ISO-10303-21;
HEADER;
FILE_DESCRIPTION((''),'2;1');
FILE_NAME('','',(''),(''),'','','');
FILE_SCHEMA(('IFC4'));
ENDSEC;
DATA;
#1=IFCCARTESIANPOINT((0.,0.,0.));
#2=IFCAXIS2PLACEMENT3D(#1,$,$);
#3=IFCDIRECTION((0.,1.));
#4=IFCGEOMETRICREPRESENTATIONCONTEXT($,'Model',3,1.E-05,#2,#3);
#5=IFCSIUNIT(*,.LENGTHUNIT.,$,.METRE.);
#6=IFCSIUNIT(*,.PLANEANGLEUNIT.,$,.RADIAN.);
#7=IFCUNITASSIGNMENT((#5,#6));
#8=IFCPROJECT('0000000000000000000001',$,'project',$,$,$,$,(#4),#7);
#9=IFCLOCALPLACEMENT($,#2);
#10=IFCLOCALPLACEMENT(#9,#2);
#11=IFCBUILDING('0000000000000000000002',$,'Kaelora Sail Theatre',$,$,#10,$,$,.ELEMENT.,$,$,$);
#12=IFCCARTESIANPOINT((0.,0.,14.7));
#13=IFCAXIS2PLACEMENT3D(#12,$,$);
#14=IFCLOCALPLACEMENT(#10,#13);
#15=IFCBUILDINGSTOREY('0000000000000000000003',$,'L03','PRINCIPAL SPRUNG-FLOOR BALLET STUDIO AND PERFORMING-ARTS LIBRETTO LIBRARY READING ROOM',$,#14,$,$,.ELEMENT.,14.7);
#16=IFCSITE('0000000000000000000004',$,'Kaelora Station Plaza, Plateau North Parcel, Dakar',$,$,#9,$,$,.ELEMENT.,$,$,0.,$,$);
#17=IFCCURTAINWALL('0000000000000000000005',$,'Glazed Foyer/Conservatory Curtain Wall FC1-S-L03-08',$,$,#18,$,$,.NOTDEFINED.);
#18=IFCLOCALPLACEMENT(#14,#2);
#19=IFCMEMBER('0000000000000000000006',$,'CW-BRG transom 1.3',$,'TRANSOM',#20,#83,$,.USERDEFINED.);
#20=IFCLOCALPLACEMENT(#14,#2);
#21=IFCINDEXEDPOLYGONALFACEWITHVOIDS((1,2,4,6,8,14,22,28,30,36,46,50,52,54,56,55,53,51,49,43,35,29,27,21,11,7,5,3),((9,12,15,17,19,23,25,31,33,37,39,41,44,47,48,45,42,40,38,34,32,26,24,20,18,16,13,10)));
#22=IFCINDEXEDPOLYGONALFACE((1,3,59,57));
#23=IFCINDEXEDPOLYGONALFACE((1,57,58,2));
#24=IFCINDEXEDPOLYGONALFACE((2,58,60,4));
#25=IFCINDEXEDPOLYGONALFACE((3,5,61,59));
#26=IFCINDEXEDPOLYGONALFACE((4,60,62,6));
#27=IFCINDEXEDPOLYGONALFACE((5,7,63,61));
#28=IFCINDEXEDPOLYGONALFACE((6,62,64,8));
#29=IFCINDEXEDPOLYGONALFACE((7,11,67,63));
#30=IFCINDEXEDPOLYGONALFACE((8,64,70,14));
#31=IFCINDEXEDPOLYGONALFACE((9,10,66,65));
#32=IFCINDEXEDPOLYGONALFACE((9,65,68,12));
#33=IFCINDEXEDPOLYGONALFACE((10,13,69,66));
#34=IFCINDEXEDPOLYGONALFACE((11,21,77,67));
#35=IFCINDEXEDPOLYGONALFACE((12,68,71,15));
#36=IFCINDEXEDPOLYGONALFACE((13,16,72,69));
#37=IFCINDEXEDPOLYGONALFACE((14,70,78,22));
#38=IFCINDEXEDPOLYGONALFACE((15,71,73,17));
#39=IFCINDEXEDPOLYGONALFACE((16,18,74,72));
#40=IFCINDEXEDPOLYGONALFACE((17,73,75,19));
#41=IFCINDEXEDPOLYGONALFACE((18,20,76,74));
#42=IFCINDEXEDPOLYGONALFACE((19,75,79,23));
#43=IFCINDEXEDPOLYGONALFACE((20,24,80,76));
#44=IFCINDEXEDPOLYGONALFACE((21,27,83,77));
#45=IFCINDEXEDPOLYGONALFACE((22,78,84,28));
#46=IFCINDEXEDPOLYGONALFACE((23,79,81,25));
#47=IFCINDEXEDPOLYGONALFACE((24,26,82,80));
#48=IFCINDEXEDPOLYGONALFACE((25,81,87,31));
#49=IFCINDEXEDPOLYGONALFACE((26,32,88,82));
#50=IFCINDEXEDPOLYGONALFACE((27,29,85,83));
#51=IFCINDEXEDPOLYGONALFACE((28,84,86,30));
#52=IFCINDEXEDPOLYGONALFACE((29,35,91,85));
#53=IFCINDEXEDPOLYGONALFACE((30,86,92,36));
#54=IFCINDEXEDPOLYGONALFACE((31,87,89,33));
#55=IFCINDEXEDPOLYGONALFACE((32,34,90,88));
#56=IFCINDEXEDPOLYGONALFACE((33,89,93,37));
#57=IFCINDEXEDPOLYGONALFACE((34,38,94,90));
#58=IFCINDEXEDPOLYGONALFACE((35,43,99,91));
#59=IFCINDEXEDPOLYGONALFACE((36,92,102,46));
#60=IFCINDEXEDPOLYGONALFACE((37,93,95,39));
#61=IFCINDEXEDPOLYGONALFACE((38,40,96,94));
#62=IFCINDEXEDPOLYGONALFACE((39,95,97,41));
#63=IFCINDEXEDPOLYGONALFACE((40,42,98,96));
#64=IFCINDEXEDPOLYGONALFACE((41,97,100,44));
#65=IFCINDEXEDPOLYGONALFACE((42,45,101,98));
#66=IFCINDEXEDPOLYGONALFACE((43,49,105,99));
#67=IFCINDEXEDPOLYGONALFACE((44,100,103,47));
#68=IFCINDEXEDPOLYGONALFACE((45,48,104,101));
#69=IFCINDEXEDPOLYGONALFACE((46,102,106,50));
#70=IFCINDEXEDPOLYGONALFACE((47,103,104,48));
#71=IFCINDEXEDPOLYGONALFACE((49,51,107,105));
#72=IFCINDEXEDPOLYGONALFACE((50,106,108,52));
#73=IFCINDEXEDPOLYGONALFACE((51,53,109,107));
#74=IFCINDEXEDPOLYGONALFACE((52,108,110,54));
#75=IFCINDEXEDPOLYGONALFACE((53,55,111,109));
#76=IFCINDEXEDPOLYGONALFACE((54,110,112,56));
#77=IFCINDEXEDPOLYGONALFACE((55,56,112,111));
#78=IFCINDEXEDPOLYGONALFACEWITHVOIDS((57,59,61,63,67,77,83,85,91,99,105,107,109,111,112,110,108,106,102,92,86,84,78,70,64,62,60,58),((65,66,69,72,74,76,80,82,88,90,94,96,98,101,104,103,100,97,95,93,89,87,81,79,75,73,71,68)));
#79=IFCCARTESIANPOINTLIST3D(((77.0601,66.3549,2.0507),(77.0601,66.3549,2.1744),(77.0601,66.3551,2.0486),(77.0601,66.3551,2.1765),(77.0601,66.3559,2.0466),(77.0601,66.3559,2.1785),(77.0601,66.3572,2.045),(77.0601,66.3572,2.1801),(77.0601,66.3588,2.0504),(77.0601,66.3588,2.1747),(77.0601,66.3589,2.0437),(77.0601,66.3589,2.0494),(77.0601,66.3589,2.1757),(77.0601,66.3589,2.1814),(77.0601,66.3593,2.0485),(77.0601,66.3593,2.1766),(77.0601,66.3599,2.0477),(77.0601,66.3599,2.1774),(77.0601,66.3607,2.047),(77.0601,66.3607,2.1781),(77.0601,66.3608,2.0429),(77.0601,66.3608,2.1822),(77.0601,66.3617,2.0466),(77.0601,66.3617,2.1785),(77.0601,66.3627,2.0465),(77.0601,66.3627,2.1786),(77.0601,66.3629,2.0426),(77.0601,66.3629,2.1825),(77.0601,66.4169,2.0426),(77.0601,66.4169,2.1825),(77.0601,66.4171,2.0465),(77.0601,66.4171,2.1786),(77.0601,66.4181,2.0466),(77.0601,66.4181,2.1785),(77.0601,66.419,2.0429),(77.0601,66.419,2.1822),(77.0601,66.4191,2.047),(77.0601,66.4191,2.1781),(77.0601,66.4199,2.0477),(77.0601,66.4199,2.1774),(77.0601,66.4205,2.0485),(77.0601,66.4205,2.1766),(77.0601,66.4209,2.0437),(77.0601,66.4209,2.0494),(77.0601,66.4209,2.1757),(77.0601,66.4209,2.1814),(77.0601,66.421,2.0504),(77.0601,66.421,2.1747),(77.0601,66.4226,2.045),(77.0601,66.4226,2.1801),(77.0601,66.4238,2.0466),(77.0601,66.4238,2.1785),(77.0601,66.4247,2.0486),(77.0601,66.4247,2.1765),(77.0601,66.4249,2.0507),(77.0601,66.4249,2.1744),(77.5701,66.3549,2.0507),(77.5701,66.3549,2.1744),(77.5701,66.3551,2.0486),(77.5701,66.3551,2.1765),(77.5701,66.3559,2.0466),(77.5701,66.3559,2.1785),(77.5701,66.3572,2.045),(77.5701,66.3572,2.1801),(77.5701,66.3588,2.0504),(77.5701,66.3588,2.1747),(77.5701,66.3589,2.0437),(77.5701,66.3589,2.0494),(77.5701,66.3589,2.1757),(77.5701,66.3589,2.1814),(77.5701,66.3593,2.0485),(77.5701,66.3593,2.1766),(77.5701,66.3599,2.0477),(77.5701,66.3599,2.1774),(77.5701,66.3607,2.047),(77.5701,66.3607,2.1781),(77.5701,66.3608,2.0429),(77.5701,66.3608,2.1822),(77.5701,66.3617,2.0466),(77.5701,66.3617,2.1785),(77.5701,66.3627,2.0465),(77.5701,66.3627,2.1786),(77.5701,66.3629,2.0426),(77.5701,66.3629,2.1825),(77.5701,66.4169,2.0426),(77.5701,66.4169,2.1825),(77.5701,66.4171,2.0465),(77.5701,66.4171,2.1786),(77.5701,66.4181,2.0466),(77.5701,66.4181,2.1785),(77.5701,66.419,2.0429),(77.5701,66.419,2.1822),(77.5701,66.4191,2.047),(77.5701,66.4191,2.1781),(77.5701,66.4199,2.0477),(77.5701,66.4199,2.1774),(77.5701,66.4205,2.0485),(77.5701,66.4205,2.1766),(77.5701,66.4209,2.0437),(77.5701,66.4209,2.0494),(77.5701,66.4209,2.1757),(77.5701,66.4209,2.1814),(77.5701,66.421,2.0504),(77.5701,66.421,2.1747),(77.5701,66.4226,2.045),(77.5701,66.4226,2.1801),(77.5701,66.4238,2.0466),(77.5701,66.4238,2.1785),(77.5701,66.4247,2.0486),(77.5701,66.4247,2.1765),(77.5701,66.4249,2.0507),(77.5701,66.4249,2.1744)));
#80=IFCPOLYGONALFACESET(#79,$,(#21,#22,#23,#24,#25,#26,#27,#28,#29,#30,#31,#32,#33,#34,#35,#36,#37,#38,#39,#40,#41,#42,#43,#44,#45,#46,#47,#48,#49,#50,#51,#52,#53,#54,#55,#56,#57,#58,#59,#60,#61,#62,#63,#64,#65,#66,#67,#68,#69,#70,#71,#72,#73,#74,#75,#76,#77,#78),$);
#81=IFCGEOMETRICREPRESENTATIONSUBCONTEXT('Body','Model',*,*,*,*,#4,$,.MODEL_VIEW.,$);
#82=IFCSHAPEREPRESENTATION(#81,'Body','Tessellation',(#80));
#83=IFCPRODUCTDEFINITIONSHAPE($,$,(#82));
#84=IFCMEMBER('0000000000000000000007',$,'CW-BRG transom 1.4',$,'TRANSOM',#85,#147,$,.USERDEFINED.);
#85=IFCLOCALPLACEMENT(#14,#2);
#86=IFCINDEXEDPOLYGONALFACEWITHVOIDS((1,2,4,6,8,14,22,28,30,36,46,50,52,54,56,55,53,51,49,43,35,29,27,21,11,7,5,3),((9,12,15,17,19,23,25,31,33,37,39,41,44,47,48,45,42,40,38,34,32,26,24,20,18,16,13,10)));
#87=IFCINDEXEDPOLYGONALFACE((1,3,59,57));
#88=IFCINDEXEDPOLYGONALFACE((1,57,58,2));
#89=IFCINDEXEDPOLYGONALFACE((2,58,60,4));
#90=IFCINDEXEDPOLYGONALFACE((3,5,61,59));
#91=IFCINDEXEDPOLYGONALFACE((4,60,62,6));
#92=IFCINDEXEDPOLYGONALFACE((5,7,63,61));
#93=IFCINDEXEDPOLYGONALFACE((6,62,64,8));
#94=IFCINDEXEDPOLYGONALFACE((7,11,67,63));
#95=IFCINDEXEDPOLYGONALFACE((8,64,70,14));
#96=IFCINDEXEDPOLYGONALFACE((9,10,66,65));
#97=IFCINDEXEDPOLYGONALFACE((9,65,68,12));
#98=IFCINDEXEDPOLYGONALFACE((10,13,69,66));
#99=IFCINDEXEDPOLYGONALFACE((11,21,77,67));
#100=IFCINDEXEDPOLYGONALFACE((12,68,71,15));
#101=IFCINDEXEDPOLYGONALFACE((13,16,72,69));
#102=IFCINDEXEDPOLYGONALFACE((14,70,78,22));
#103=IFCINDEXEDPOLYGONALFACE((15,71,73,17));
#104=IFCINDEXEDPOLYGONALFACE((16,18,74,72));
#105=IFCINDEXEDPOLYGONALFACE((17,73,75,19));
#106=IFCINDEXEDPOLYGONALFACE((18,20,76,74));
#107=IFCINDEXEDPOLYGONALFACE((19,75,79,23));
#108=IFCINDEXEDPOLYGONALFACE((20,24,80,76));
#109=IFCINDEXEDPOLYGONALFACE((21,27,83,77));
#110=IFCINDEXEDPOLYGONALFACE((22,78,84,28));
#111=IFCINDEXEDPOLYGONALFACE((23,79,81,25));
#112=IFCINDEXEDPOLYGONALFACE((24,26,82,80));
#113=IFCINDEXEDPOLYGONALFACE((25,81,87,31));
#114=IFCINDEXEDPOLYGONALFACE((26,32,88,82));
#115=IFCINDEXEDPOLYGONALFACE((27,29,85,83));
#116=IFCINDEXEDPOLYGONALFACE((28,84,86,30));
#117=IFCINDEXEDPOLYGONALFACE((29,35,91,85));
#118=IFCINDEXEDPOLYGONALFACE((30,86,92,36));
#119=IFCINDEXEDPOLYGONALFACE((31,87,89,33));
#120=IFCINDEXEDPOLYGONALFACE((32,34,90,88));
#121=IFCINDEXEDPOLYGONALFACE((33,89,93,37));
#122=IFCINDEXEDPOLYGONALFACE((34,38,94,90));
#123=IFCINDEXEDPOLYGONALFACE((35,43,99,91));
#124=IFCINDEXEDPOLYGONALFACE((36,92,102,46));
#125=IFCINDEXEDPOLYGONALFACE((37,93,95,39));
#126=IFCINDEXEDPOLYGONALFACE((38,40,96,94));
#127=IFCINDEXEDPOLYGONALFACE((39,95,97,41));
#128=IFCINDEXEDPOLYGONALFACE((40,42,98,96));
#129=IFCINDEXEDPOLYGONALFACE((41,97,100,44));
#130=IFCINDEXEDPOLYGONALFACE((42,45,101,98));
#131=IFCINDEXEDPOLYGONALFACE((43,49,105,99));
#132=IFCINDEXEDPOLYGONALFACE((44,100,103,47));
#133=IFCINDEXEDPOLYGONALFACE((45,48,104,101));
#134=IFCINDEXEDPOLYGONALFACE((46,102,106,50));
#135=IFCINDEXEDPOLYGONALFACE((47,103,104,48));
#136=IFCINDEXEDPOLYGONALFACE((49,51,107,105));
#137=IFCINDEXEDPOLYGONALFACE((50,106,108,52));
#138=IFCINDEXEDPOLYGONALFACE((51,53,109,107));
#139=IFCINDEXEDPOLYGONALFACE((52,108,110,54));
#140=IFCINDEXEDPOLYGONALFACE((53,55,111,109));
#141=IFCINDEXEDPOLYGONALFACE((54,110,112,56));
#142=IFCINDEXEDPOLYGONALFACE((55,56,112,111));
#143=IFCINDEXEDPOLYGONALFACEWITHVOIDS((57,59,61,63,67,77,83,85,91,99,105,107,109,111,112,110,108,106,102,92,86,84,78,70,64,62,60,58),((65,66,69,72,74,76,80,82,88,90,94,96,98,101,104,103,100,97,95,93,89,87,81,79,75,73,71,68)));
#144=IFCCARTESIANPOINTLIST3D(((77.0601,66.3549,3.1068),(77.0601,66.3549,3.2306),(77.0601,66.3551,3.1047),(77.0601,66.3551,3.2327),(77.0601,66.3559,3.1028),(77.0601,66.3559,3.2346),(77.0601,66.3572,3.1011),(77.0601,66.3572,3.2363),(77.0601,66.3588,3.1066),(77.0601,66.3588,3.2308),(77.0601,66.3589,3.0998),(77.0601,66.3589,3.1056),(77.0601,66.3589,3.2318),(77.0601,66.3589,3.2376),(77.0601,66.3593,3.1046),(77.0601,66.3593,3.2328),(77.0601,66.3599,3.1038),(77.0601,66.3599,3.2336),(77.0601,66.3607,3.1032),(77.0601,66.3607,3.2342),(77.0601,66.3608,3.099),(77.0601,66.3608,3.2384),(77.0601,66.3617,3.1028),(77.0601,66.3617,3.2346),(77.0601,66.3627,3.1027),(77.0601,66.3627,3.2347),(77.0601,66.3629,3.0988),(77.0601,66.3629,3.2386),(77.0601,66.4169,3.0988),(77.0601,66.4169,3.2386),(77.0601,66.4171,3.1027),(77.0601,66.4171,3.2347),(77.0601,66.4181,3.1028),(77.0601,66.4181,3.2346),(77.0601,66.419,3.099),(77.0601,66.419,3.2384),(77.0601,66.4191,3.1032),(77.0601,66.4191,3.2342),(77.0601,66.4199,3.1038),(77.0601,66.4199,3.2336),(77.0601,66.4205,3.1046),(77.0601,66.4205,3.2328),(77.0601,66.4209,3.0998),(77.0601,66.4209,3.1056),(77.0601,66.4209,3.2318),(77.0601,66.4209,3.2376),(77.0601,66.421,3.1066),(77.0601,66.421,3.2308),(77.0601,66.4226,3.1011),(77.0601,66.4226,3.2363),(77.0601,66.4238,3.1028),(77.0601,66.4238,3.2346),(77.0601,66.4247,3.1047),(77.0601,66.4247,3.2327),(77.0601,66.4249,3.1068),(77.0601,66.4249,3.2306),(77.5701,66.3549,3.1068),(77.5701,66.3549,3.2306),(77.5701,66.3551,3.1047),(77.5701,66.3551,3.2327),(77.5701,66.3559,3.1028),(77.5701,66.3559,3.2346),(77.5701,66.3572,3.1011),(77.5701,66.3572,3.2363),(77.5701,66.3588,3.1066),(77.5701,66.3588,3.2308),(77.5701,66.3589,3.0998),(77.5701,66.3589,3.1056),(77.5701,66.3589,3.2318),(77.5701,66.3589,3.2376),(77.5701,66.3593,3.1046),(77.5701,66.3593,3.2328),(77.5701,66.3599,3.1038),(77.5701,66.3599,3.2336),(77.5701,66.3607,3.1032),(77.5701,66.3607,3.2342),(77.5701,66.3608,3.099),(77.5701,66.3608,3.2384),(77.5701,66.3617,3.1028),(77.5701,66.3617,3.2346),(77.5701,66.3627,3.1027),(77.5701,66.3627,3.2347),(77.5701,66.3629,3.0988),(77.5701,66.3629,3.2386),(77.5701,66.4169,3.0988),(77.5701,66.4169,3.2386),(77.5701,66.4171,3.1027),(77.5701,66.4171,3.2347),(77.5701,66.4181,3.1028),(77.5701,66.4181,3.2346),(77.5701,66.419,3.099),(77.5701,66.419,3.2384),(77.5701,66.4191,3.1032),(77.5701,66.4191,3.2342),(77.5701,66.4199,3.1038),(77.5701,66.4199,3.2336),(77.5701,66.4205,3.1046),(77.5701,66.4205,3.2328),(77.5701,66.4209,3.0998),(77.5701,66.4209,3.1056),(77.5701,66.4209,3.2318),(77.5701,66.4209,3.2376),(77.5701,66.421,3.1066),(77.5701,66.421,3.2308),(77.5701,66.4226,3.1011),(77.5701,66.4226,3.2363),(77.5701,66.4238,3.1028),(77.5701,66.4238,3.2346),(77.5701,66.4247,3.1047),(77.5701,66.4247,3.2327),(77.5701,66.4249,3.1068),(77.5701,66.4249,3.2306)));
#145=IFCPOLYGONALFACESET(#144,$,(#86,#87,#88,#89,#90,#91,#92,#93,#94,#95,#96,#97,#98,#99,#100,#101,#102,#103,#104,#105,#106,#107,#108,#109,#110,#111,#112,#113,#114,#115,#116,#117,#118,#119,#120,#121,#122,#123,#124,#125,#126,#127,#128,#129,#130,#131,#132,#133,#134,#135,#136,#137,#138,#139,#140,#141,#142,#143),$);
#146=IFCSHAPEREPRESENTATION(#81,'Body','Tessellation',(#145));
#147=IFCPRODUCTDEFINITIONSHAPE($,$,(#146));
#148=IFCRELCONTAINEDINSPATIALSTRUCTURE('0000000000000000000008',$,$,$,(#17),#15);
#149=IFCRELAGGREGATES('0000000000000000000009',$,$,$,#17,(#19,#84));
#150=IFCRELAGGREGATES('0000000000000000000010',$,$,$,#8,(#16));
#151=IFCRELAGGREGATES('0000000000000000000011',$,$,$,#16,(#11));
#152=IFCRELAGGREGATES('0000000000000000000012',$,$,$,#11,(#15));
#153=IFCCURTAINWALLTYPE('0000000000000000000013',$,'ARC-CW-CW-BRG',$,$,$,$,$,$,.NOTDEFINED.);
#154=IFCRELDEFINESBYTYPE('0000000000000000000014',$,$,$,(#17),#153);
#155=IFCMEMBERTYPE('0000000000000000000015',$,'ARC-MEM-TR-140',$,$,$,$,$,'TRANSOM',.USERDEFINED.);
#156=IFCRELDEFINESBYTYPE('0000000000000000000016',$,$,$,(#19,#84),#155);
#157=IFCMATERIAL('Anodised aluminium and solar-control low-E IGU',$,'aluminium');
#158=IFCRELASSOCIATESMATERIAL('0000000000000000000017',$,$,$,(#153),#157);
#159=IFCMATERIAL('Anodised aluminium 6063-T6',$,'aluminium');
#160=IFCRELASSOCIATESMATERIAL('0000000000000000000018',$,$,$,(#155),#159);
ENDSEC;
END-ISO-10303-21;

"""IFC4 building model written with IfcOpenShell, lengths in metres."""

from ifc_helpers import new_model, si_unit, direction, frame, origin, origin_2d, place, context, subcontext, project, spatial, hollow_rectangle, extrude, material, material_profile, profile_set, type_object, element, aggregate, save


model = new_model("IFC4")

# Units and contexts
model_context = context("Model", 3, precision=1e-05, world=origin(), true_north=direction((0.0, 1.0)))
body_context = subcontext(model_context, "Body", "Model", "MODEL_VIEW")
ifc_project = project(units=[si_unit("LENGTHUNIT", "METRE"), si_unit("PLANEANGLEUNIT", "RADIAN")], contexts=[model_context])

# Site, building, storey
site_placement = place(None, origin())
site = spatial("IfcSite", under=ifc_project, at=site_placement, Name="Kaelora Station Plaza, Plateau North Parcel, Dakar", CompositionType="ELEMENT", RefElevation=0.0)
building_placement = place(site_placement, origin())
building = spatial("IfcBuilding", under=site, at=building_placement, Name="Kaelora Sail Theatre", CompositionType="ELEMENT")
storey_placement = place(building_placement, frame((0.0, 0.0, 14.7)))
storey = spatial("IfcBuildingStorey", under=building, at=storey_placement, Name="L03", Description="PRINCIPAL SPRUNG-FLOOR BALLET STUDIO AND PERFORMING-ARTS LIBRETTO LIBRARY READING ROOM", CompositionType="ELEMENT", Elevation=14.7)

# Curtain wall, members
ifc_material_1 = material(Name="Anodised aluminium and solar-control low-E IGU", Category="aluminium")
curtain_wall_type = type_object("IfcCurtainWallType", Name="ARC-CW-CW-BRG", PredefinedType="NOTDEFINED", material=ifc_material_1)
ifc_material_2 = material(Name="Anodised aluminium 6063-T6", Category="aluminium")
ifc_material_profile = material_profile(ifc_material_2, hollow_rectangle(XDim=0.0701, YDim=0.1399, WallThickness=0.0039, InnerFilletRadius=0.0039, OuterFilletRadius=0.0081, at=origin_2d()), Name="ALU-TRAN 70x140x4")
ifc_profile_set = profile_set([ifc_material_profile], Name="Anodised aluminium 6063-T6")
member_type = type_object("IfcMemberType", Name="ARC-MEM-TR-140", ElementType="TRANSOM", PredefinedType="USERDEFINED", material=ifc_profile_set)
curtain_wall_1_placement = place(storey_placement, origin())
curtain_wall_1 = element("IfcCurtainWall", 1, at=curtain_wall_1_placement, inside=storey, type_object=curtain_wall_type, Name="Glazed Foyer/Conservatory Curtain Wall FC1-S-L03-08", PredefinedType="NOTDEFINED")
member_1_placement = place(storey_placement, frame((77.0601, 66.3899, 2.1125), z_axis=(1.0, 0.0, 0.0), x_axis=(0.0, 1.0, 0.0)))
member_1 = element("IfcMember", 2, at=member_1_placement, type_object=member_type, Name="CW-BRG transom 1.3", ObjectType="TRANSOM", PredefinedType="USERDEFINED", context=body_context, shape_type="SweptSolid", body=[
    extrude(hollow_rectangle(XDim=0.0701, YDim=0.1399, WallThickness=0.0039, InnerFilletRadius=0.0039, OuterFilletRadius=0.0081, at=origin_2d()), origin(), (0.0, 0.0, 1.0), 0.51),
])
member_2_placement = place(storey_placement, frame((77.0601, 66.3899, 3.1687), z_axis=(1.0, 0.0, 0.0), x_axis=(0.0, 1.0, 0.0)))
member_2 = element("IfcMember", 3, at=member_2_placement, type_object=member_type, Name="CW-BRG transom 1.4", ObjectType="TRANSOM", PredefinedType="USERDEFINED", context=body_context, shape_type="SweptSolid", body=[
    extrude(hollow_rectangle(XDim=0.0701, YDim=0.1399, WallThickness=0.0039, InnerFilletRadius=0.0039, OuterFilletRadius=0.0081, at=origin_2d()), origin(), (0.0, 0.0, 1.0), 0.51),
])

aggregate(curtain_wall_1, [member_1, member_2])

save(model, "model.ifc")
